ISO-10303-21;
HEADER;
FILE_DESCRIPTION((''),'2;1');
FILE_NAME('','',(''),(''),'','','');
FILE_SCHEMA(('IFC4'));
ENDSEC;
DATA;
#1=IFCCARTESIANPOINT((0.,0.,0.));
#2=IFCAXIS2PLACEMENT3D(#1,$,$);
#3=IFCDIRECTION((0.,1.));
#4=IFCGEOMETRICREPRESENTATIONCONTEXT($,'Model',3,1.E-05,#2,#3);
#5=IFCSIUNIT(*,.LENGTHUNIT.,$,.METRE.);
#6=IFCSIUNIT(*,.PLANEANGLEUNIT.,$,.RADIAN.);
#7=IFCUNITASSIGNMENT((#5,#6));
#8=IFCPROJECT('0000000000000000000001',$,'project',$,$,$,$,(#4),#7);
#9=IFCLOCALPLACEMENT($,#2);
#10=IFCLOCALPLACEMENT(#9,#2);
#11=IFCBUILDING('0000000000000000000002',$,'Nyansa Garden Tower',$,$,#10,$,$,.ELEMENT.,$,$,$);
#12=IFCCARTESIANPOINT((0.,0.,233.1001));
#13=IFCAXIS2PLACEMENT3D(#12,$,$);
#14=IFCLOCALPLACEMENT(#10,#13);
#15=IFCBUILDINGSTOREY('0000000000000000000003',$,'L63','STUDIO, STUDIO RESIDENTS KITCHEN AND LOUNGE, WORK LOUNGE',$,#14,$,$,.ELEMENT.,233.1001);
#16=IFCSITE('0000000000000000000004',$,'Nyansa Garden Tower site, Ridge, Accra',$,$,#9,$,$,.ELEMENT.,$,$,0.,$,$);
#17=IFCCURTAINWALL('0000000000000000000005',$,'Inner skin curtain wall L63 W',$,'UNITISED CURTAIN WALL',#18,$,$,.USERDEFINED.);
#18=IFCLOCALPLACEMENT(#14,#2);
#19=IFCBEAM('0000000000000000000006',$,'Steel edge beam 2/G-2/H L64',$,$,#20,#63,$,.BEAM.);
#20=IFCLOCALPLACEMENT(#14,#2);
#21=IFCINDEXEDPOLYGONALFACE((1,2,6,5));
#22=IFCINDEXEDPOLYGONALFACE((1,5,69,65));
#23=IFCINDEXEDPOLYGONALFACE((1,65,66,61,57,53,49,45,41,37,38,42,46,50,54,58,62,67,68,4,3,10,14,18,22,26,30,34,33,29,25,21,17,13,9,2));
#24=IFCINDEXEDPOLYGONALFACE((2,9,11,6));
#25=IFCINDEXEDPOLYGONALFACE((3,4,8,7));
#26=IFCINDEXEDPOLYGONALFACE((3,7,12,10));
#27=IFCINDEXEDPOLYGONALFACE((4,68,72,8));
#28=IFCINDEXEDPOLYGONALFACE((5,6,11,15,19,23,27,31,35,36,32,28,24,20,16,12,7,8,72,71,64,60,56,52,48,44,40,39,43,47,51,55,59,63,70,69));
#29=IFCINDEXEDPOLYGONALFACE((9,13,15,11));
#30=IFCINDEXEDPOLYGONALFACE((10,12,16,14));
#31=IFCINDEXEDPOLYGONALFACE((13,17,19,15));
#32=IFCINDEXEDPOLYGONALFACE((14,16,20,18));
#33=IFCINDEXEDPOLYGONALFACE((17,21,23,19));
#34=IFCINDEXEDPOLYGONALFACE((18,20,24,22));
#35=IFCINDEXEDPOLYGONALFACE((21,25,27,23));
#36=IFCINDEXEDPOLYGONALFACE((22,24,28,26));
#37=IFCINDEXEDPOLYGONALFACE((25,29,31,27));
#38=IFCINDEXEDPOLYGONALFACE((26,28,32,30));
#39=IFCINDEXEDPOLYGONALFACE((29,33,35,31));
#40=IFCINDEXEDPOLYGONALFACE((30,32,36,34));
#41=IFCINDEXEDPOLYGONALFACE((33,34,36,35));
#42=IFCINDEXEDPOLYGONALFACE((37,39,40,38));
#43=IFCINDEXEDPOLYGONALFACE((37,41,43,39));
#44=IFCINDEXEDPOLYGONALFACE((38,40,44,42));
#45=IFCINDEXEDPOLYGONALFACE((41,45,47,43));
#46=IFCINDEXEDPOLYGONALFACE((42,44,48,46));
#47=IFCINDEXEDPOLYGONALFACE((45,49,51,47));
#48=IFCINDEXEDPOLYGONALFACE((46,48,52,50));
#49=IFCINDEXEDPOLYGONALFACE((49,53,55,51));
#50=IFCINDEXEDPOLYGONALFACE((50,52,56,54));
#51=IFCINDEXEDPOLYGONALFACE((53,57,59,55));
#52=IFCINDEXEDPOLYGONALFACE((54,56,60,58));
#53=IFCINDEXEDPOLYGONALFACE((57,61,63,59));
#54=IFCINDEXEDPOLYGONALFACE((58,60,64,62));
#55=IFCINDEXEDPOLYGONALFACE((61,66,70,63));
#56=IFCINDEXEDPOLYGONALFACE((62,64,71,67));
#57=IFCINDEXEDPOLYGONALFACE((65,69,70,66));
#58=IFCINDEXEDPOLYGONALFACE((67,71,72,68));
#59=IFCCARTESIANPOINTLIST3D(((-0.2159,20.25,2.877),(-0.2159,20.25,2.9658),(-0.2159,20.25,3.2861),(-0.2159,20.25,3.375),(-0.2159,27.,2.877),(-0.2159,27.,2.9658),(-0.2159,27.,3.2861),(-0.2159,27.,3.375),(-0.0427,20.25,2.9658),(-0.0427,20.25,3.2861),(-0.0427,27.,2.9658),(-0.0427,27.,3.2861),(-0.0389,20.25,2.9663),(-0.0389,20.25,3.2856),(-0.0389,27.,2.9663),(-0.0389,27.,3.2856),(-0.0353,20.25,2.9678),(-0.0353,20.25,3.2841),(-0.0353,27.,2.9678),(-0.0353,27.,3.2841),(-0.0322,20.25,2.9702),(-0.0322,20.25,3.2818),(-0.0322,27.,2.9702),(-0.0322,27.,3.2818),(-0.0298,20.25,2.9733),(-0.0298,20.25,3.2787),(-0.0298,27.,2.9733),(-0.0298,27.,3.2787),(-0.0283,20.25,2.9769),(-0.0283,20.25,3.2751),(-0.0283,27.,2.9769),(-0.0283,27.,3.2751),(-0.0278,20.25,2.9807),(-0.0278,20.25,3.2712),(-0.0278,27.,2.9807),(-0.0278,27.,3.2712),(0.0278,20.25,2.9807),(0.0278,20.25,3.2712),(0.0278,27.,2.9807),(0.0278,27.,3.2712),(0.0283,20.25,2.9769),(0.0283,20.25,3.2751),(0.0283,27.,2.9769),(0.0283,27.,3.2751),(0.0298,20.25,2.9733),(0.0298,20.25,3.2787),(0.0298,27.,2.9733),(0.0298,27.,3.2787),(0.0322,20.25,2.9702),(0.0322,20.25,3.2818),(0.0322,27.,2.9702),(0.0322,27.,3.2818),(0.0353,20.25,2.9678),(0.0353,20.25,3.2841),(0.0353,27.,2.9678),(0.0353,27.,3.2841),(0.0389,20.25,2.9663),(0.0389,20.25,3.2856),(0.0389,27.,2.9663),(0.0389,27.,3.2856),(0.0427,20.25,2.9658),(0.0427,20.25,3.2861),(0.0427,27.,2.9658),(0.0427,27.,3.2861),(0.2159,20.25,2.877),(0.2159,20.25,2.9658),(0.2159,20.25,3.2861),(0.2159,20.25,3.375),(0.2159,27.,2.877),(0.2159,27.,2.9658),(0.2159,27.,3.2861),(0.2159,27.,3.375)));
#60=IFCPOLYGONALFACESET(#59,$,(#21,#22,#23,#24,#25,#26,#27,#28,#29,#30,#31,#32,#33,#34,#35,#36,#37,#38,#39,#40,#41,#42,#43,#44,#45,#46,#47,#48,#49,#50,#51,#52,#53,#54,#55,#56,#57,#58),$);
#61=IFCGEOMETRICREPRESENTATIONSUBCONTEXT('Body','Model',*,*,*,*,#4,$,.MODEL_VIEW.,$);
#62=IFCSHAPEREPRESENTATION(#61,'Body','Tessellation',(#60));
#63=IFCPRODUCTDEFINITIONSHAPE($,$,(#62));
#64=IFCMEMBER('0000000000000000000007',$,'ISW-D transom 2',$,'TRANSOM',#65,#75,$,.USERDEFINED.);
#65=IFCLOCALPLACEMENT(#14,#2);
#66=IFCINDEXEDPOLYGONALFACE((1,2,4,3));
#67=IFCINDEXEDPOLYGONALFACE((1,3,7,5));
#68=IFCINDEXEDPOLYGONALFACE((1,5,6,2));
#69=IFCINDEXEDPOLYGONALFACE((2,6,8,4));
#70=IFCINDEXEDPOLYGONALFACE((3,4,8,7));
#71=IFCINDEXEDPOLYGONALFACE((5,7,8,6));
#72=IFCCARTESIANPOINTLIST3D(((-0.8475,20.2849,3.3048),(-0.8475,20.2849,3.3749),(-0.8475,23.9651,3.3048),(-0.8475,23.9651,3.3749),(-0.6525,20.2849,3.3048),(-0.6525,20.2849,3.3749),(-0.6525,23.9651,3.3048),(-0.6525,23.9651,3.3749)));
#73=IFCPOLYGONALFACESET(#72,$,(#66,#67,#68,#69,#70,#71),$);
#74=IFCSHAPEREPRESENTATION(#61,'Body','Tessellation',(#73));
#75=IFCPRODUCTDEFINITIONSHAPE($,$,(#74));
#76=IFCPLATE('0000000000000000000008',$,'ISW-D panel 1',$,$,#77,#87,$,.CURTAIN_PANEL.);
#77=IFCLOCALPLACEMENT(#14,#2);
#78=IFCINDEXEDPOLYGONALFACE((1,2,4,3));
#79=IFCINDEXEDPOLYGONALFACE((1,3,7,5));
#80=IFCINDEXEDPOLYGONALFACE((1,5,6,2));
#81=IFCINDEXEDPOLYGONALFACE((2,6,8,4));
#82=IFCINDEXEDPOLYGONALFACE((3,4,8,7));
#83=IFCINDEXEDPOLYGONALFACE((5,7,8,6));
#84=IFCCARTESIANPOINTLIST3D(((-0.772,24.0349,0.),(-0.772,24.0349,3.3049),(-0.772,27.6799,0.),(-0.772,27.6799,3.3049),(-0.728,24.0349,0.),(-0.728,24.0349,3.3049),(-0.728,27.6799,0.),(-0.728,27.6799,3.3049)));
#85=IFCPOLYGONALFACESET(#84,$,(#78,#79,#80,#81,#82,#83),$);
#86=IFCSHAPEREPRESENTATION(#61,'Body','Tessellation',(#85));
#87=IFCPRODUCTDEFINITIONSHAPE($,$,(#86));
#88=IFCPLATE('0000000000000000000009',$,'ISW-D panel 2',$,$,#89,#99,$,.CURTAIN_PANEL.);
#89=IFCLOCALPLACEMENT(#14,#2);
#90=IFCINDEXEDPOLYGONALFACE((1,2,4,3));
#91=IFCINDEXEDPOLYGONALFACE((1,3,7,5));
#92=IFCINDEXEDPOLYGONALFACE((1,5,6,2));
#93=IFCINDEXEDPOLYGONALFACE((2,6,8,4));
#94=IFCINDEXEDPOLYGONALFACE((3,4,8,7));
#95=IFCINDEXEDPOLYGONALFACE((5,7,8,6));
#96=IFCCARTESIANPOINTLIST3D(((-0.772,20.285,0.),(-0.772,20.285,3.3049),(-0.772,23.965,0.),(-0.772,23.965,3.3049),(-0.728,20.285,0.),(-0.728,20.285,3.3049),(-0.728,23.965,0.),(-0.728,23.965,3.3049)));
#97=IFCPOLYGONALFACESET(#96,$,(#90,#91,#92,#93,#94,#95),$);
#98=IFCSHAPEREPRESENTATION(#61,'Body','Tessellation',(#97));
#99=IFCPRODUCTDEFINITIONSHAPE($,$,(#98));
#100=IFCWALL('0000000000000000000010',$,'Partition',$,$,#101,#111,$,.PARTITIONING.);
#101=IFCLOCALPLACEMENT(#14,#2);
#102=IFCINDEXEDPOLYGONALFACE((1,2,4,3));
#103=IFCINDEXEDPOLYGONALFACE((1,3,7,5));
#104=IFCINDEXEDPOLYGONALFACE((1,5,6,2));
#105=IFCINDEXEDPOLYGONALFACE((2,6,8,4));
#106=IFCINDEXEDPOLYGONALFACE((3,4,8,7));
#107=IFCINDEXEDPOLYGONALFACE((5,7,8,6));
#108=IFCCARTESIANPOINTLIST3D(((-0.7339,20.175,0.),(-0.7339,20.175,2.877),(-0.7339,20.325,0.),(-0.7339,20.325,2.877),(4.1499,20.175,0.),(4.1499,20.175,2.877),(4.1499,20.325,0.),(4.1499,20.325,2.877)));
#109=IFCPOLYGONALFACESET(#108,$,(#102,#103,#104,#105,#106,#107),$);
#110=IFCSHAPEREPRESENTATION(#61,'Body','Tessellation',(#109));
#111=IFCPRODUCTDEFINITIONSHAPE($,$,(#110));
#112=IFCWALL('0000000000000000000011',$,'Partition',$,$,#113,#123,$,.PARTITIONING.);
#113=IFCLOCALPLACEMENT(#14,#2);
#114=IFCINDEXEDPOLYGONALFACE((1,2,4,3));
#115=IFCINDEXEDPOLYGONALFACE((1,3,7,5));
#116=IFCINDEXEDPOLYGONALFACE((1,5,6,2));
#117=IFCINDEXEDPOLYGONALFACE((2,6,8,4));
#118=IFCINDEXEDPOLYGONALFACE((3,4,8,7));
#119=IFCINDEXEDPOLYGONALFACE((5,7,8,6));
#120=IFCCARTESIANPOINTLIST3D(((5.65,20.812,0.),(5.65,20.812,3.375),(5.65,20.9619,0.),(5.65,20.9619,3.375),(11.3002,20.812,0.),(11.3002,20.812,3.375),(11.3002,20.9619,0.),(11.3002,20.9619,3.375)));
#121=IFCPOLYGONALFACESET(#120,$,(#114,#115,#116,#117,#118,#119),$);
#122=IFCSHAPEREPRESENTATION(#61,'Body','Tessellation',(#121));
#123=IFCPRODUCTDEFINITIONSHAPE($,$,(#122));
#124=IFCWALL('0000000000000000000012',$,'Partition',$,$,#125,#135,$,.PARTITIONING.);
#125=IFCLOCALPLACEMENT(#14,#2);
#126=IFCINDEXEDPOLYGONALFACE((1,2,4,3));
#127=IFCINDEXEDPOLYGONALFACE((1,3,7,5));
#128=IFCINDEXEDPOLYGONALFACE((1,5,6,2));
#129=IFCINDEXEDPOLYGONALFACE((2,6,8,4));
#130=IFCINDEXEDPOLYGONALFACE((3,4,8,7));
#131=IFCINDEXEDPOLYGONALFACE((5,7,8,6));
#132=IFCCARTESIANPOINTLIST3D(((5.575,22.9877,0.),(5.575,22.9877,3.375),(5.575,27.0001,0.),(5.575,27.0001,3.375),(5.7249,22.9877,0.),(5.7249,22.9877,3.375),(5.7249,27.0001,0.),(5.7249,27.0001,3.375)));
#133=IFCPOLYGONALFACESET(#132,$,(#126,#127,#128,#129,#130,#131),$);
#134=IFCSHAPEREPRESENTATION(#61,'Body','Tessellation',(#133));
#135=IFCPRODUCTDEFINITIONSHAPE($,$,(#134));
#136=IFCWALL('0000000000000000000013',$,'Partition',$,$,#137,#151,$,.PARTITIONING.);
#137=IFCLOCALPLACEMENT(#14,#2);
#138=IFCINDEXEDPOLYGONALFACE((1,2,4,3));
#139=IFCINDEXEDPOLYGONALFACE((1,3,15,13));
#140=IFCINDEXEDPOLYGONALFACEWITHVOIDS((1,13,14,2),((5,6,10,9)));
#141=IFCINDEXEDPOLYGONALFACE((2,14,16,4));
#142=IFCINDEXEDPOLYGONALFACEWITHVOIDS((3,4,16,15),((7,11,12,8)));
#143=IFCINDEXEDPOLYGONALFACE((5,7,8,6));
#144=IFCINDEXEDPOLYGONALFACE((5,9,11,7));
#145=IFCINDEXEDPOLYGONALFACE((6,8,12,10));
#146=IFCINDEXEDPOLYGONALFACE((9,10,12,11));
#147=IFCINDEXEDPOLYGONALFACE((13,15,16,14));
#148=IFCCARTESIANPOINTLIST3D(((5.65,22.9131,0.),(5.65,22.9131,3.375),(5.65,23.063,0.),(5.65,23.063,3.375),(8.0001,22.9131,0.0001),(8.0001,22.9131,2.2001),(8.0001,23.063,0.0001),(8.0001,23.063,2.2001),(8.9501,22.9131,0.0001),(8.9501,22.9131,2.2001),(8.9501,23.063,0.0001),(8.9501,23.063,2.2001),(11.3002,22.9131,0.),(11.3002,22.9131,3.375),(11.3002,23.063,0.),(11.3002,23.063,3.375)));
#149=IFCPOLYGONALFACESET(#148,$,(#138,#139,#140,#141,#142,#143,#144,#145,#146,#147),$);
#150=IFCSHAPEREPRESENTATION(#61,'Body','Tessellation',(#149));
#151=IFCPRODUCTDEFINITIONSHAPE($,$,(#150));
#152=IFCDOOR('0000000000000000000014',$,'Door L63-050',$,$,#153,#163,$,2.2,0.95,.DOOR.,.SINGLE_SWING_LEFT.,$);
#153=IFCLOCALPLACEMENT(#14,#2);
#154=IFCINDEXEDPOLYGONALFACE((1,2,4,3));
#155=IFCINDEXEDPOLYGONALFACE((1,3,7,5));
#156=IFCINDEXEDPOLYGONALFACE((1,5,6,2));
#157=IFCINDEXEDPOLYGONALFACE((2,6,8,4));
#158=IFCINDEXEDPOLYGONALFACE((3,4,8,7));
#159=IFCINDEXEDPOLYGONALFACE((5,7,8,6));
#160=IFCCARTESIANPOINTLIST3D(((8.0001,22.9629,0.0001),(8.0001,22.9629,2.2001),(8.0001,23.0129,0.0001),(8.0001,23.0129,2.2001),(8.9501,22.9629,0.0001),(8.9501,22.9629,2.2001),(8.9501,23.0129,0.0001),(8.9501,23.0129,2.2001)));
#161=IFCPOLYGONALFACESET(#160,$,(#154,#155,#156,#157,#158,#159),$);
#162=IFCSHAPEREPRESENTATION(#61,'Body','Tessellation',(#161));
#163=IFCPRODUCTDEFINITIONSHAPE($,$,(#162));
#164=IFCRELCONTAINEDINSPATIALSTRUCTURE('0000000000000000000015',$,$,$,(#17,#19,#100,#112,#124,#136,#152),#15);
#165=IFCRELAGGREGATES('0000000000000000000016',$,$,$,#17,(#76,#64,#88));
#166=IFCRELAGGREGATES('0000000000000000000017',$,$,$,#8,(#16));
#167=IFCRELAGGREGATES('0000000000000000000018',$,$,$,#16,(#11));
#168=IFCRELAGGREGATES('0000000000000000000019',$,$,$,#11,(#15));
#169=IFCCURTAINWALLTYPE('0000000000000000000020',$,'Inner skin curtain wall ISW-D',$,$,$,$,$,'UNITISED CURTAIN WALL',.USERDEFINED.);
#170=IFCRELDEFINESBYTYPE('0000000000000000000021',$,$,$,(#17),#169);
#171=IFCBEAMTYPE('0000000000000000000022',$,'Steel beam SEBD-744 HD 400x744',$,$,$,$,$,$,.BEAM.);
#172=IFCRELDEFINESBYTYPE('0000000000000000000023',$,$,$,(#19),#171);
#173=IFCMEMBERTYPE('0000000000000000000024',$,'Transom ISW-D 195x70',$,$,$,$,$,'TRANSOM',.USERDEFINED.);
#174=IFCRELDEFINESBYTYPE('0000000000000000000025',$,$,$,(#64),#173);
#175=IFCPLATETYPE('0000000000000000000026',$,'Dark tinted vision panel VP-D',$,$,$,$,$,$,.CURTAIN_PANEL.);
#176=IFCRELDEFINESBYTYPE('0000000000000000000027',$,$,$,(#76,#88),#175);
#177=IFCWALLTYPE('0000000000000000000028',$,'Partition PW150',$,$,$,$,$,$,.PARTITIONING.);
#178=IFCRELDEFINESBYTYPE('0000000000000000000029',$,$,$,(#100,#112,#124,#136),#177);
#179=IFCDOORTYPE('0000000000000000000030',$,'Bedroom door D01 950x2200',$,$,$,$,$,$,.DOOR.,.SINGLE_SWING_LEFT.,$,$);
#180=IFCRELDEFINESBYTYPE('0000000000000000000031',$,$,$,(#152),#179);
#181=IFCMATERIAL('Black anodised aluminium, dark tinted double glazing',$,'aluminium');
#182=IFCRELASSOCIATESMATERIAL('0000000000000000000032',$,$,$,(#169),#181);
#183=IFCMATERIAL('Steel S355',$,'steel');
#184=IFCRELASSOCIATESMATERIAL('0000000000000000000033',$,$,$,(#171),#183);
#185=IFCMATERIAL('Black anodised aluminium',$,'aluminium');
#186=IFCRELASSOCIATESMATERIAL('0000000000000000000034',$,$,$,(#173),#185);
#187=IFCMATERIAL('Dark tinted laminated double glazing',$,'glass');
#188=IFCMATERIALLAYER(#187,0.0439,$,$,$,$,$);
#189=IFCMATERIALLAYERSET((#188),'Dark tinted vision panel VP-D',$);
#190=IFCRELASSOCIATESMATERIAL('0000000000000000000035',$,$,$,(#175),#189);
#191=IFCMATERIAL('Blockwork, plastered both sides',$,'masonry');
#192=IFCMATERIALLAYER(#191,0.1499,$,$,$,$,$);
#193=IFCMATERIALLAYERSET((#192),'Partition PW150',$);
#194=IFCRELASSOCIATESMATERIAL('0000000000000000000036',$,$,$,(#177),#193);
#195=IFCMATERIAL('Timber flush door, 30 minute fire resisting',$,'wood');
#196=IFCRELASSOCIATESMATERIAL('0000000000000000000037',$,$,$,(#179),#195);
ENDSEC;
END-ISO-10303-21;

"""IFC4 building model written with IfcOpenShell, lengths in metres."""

from ifc_helpers import new_model, si_unit, direction, frame, frame_2d, origin, origin_2d, place, context, subcontext, project, spatial, rectangle, i_section, extrude, material, layer, layer_set, material_profile, profile_set, type_object, element, fill, aggregate, save


model = new_model("IFC4")

# Units and contexts
model_context = context("Model", 3, precision=1e-05, world=origin(), true_north=direction((0.0, 1.0)))
body_context = subcontext(model_context, "Body", "Model", "MODEL_VIEW")
ifc_project = project(units=[si_unit("LENGTHUNIT", "METRE"), si_unit("PLANEANGLEUNIT", "RADIAN")], contexts=[model_context])

# Site, building, storey
site_placement = place(None, origin())
site = spatial("IfcSite", under=ifc_project, at=site_placement, Name="Nyansa Garden Tower site, Ridge, Accra", CompositionType="ELEMENT", RefElevation=0.0)
building_placement = place(site_placement, origin())
building = spatial("IfcBuilding", under=site, at=building_placement, Name="Nyansa Garden Tower", CompositionType="ELEMENT")
storey_placement = place(building_placement, frame((0.0, 0.0, 233.1001)))
storey = spatial("IfcBuildingStorey", under=building, at=storey_placement, Name="L63", Description="STUDIO, STUDIO RESIDENTS KITCHEN AND LOUNGE, WORK LOUNGE", CompositionType="ELEMENT", Elevation=233.1001)

# Curtain wall
ifc_material_1 = material(Name="Black anodised aluminium, dark tinted double glazing", Category="aluminium")
curtain_wall_type = type_object("IfcCurtainWallType", Name="Inner skin curtain wall ISW-D", ElementType="UNITISED CURTAIN WALL", PredefinedType="USERDEFINED", material=ifc_material_1)
curtain_wall_placement = place(storey_placement, origin())
curtain_wall = element("IfcCurtainWall", 1, at=curtain_wall_placement, inside=storey, type_object=curtain_wall_type, Name="Inner skin curtain wall L63 W", ObjectType="UNITISED CURTAIN WALL", PredefinedType="USERDEFINED")

# Beam
ifc_material_2 = material(Name="Steel S355", Category="steel")
ifc_material_profile_1 = material_profile(ifc_material_2, i_section(OverallWidth=0.4319, OverallDepth=0.498, WebThickness=0.0557, FlangeThickness=0.0889, FilletRadius=0.0149, at=origin_2d()), Name="HD 400x744")
ifc_profile_set_1 = profile_set([ifc_material_profile_1], Name="Steel S355")
beam_type_1 = type_object("IfcBeamType", Name="Steel beam SEBD-744 HD 400x744", PredefinedType="BEAM", material=ifc_profile_set_1)
beam_1_placement = place(storey_placement, frame((0.0, 20.25, 3.126), z_axis=(0.0, 1.0, 0.0), x_axis=(-1.0, 0.0, 0.0)))
element("IfcBeam", 2, at=beam_1_placement, inside=storey, type_object=beam_type_1, Name="Steel edge beam 2/G-2/H L64", PredefinedType="BEAM", context=body_context, shape_type="SweptSolid", body=[
    extrude(i_section(OverallWidth=0.4319, OverallDepth=0.498, WebThickness=0.0557, FlangeThickness=0.0889, FilletRadius=0.0149, at=origin_2d()), origin(), (0.0, 0.0, 1.0), 6.75),
])

# Member
ifc_material_3 = material(Name="Black anodised aluminium", Category="aluminium")
ifc_material_profile_2 = material_profile(ifc_material_3, rectangle(XDim=0.1951, YDim=0.0701, at=origin_2d()), Name="Transom 195x70")
ifc_profile_set_2 = profile_set([ifc_material_profile_2], Name="Black anodised aluminium")
member_type_1 = type_object("IfcMemberType", Name="Transom ISW-D 195x70", ElementType="TRANSOM", PredefinedType="USERDEFINED", material=ifc_profile_set_2)
member_1_placement = place(storey_placement, frame((-0.75, 23.9651, 3.3398), z_axis=(0.0, -1.0, 0.0), x_axis=(1.0, 0.0, 0.0)))
member_1 = element("IfcMember", 3, at=member_1_placement, type_object=member_type_1, Name="ISW-D transom 2", ObjectType="TRANSOM", PredefinedType="USERDEFINED", context=body_context, shape_type="SweptSolid", body=[
    extrude(rectangle(XDim=0.1951, YDim=0.0701, at=origin_2d()), origin(), (0.0, 0.0, 1.0), 3.6802),
])

# Plates
ifc_material_4 = material(Name="Dark tinted laminated double glazing", Category="glass")
ifc_layer_1 = layer(ifc_material_4, 0.0439)
ifc_layer_set_1 = layer_set([ifc_layer_1], Name="Dark tinted vision panel VP-D")
plate_type = type_object("IfcPlateType", Name="Dark tinted vision panel VP-D", PredefinedType="CURTAIN_PANEL", material=ifc_layer_set_1)
plate_1_placement = place(storey_placement, frame((-0.75, 25.8574, 0.0), z_axis=(0.0, 0.0, 1.0), x_axis=(0.0, -1.0, 0.0)))
plate_1 = element("IfcPlate", 4, at=plate_1_placement, type_object=plate_type, Name="ISW-D panel 1", PredefinedType="CURTAIN_PANEL", context=body_context, shape_type="SweptSolid", body=[
    extrude(rectangle(XDim=3.645, YDim=0.0439, at=origin_2d()), origin(), (0.0, 0.0, 1.0), 3.3049),
])
plate_2_placement = place(storey_placement, frame((-0.75, 22.125, 0.0), z_axis=(0.0, 0.0, 1.0), x_axis=(0.0, -1.0, 0.0)))
plate_2 = element("IfcPlate", 5, at=plate_2_placement, type_object=plate_type, Name="ISW-D panel 2", PredefinedType="CURTAIN_PANEL", context=body_context, shape_type="SweptSolid", body=[
    extrude(rectangle(XDim=3.6799, YDim=0.0439, at=origin_2d()), origin(), (0.0, 0.0, 1.0), 3.3049),
])
aggregate(curtain_wall, [plate_1, member_1, plate_2])

# Walls
ifc_material_5 = material(Name="Blockwork, plastered both sides", Category="masonry")
ifc_layer_2 = layer(ifc_material_5, 0.1499)
ifc_layer_set_2 = layer_set([ifc_layer_2], Name="Partition PW150")
wall_type = type_object("IfcWallType", Name="Partition PW150", PredefinedType="PARTITIONING", material=ifc_layer_set_2)
wall_1_placement = place(storey_placement, frame((-0.7339, 20.25, 0.0), z_axis=(0.0, 0.0, 1.0), x_axis=(1.0, 0.0, 0.0)))
element("IfcWall", 6, at=wall_1_placement, inside=storey, type_object=wall_type, Name="Partition", PredefinedType="PARTITIONING", context=body_context, shape_type="SweptSolid", body=[
    extrude(rectangle(XDim=4.8838, YDim=0.1499, at=frame_2d((2.4419, 0.0))), origin(), (0.0, 0.0, 1.0), 2.877),
])
wall_2_placement = place(storey_placement, frame((5.6499, 20.887, 0.0), z_axis=(0.0, 0.0, 1.0), x_axis=(1.0, 0.0, 0.0)))
element("IfcWall", 7, at=wall_2_placement, inside=storey, type_object=wall_type, Name="Partition", PredefinedType="PARTITIONING", context=body_context, shape_type="SweptSolid", body=[
    extrude(rectangle(XDim=5.6501, YDim=0.1499, at=frame_2d((2.8252, 0.0))), origin(), (0.0, 0.0, 1.0), 3.375),
])
wall_3_placement = place(storey_placement, frame((5.6499, 22.9875, 0.0), z_axis=(0.0, 0.0, 1.0), x_axis=(0.0, 1.0, 0.0)))
element("IfcWall", 8, at=wall_3_placement, inside=storey, type_object=wall_type, Name="Partition", PredefinedType="PARTITIONING", context=body_context, shape_type="SweptSolid", body=[
    extrude(rectangle(XDim=4.0125, YDim=0.1499, at=frame_2d((2.0063, 0.0))), origin(), (0.0, 0.0, 1.0), 3.375),
])

# Wall, opening, door
wall_4_placement = place(storey_placement, frame((5.6499, 22.988, 0.0), z_axis=(0.0, 0.0, 1.0), x_axis=(1.0, 0.0, 0.0)))
wall_4 = element("IfcWall", 9, at=wall_4_placement, inside=storey, type_object=wall_type, Name="Partition", PredefinedType="PARTITIONING", context=body_context, shape_type="SweptSolid", body=[
    extrude(rectangle(XDim=5.6501, YDim=0.1499, at=frame_2d((2.8252, 0.0))), origin(), (0.0, 0.0, 1.0), 3.375),
])
opening_placement = place(wall_4_placement, frame((2.3501, 0.0, 0.0)))
opening = element("IfcOpeningElement", 10, at=opening_placement, cuts=wall_4, PredefinedType="OPENING", context=body_context, shape_type="SweptSolid", body=[
    extrude(rectangle(XDim=0.95, YDim=2.2, at=frame_2d((0.4751, 1.1001))), frame((0.0, 0.085, 0.0), z_axis=(0.0, -1.0, 0.0), x_axis=(1.0, 0.0, 0.0)), (0.0, 0.0, 1.0), 0.1699),
])
ifc_material_6 = material(Name="Timber flush door, 30 minute fire resisting", Category="wood")
door_type = type_object("IfcDoorType", Name="Bedroom door D01 950x2200", OperationType="SINGLE_SWING_LEFT", PredefinedType="DOOR", material=ifc_material_6)
door_placement = place(opening_placement, origin())
door = element("IfcDoor", 11, at=door_placement, inside=storey, type_object=door_type, Name="Door L63-050", OperationType="SINGLE_SWING_LEFT", OverallHeight=2.2, OverallWidth=0.95, PredefinedType="DOOR", context=body_context, shape_type="SweptSolid", body=[
    extrude(rectangle(XDim=0.95, YDim=2.2, at=frame_2d((0.4751, 1.1001))), frame((0.0, 0.0249, 0.0), z_axis=(0.0, -1.0, 0.0), x_axis=(1.0, 0.0, 0.0)), (0.0, 0.0, 1.0), 0.05),
])
fill(opening, door)

save(model, "model.ifc")
